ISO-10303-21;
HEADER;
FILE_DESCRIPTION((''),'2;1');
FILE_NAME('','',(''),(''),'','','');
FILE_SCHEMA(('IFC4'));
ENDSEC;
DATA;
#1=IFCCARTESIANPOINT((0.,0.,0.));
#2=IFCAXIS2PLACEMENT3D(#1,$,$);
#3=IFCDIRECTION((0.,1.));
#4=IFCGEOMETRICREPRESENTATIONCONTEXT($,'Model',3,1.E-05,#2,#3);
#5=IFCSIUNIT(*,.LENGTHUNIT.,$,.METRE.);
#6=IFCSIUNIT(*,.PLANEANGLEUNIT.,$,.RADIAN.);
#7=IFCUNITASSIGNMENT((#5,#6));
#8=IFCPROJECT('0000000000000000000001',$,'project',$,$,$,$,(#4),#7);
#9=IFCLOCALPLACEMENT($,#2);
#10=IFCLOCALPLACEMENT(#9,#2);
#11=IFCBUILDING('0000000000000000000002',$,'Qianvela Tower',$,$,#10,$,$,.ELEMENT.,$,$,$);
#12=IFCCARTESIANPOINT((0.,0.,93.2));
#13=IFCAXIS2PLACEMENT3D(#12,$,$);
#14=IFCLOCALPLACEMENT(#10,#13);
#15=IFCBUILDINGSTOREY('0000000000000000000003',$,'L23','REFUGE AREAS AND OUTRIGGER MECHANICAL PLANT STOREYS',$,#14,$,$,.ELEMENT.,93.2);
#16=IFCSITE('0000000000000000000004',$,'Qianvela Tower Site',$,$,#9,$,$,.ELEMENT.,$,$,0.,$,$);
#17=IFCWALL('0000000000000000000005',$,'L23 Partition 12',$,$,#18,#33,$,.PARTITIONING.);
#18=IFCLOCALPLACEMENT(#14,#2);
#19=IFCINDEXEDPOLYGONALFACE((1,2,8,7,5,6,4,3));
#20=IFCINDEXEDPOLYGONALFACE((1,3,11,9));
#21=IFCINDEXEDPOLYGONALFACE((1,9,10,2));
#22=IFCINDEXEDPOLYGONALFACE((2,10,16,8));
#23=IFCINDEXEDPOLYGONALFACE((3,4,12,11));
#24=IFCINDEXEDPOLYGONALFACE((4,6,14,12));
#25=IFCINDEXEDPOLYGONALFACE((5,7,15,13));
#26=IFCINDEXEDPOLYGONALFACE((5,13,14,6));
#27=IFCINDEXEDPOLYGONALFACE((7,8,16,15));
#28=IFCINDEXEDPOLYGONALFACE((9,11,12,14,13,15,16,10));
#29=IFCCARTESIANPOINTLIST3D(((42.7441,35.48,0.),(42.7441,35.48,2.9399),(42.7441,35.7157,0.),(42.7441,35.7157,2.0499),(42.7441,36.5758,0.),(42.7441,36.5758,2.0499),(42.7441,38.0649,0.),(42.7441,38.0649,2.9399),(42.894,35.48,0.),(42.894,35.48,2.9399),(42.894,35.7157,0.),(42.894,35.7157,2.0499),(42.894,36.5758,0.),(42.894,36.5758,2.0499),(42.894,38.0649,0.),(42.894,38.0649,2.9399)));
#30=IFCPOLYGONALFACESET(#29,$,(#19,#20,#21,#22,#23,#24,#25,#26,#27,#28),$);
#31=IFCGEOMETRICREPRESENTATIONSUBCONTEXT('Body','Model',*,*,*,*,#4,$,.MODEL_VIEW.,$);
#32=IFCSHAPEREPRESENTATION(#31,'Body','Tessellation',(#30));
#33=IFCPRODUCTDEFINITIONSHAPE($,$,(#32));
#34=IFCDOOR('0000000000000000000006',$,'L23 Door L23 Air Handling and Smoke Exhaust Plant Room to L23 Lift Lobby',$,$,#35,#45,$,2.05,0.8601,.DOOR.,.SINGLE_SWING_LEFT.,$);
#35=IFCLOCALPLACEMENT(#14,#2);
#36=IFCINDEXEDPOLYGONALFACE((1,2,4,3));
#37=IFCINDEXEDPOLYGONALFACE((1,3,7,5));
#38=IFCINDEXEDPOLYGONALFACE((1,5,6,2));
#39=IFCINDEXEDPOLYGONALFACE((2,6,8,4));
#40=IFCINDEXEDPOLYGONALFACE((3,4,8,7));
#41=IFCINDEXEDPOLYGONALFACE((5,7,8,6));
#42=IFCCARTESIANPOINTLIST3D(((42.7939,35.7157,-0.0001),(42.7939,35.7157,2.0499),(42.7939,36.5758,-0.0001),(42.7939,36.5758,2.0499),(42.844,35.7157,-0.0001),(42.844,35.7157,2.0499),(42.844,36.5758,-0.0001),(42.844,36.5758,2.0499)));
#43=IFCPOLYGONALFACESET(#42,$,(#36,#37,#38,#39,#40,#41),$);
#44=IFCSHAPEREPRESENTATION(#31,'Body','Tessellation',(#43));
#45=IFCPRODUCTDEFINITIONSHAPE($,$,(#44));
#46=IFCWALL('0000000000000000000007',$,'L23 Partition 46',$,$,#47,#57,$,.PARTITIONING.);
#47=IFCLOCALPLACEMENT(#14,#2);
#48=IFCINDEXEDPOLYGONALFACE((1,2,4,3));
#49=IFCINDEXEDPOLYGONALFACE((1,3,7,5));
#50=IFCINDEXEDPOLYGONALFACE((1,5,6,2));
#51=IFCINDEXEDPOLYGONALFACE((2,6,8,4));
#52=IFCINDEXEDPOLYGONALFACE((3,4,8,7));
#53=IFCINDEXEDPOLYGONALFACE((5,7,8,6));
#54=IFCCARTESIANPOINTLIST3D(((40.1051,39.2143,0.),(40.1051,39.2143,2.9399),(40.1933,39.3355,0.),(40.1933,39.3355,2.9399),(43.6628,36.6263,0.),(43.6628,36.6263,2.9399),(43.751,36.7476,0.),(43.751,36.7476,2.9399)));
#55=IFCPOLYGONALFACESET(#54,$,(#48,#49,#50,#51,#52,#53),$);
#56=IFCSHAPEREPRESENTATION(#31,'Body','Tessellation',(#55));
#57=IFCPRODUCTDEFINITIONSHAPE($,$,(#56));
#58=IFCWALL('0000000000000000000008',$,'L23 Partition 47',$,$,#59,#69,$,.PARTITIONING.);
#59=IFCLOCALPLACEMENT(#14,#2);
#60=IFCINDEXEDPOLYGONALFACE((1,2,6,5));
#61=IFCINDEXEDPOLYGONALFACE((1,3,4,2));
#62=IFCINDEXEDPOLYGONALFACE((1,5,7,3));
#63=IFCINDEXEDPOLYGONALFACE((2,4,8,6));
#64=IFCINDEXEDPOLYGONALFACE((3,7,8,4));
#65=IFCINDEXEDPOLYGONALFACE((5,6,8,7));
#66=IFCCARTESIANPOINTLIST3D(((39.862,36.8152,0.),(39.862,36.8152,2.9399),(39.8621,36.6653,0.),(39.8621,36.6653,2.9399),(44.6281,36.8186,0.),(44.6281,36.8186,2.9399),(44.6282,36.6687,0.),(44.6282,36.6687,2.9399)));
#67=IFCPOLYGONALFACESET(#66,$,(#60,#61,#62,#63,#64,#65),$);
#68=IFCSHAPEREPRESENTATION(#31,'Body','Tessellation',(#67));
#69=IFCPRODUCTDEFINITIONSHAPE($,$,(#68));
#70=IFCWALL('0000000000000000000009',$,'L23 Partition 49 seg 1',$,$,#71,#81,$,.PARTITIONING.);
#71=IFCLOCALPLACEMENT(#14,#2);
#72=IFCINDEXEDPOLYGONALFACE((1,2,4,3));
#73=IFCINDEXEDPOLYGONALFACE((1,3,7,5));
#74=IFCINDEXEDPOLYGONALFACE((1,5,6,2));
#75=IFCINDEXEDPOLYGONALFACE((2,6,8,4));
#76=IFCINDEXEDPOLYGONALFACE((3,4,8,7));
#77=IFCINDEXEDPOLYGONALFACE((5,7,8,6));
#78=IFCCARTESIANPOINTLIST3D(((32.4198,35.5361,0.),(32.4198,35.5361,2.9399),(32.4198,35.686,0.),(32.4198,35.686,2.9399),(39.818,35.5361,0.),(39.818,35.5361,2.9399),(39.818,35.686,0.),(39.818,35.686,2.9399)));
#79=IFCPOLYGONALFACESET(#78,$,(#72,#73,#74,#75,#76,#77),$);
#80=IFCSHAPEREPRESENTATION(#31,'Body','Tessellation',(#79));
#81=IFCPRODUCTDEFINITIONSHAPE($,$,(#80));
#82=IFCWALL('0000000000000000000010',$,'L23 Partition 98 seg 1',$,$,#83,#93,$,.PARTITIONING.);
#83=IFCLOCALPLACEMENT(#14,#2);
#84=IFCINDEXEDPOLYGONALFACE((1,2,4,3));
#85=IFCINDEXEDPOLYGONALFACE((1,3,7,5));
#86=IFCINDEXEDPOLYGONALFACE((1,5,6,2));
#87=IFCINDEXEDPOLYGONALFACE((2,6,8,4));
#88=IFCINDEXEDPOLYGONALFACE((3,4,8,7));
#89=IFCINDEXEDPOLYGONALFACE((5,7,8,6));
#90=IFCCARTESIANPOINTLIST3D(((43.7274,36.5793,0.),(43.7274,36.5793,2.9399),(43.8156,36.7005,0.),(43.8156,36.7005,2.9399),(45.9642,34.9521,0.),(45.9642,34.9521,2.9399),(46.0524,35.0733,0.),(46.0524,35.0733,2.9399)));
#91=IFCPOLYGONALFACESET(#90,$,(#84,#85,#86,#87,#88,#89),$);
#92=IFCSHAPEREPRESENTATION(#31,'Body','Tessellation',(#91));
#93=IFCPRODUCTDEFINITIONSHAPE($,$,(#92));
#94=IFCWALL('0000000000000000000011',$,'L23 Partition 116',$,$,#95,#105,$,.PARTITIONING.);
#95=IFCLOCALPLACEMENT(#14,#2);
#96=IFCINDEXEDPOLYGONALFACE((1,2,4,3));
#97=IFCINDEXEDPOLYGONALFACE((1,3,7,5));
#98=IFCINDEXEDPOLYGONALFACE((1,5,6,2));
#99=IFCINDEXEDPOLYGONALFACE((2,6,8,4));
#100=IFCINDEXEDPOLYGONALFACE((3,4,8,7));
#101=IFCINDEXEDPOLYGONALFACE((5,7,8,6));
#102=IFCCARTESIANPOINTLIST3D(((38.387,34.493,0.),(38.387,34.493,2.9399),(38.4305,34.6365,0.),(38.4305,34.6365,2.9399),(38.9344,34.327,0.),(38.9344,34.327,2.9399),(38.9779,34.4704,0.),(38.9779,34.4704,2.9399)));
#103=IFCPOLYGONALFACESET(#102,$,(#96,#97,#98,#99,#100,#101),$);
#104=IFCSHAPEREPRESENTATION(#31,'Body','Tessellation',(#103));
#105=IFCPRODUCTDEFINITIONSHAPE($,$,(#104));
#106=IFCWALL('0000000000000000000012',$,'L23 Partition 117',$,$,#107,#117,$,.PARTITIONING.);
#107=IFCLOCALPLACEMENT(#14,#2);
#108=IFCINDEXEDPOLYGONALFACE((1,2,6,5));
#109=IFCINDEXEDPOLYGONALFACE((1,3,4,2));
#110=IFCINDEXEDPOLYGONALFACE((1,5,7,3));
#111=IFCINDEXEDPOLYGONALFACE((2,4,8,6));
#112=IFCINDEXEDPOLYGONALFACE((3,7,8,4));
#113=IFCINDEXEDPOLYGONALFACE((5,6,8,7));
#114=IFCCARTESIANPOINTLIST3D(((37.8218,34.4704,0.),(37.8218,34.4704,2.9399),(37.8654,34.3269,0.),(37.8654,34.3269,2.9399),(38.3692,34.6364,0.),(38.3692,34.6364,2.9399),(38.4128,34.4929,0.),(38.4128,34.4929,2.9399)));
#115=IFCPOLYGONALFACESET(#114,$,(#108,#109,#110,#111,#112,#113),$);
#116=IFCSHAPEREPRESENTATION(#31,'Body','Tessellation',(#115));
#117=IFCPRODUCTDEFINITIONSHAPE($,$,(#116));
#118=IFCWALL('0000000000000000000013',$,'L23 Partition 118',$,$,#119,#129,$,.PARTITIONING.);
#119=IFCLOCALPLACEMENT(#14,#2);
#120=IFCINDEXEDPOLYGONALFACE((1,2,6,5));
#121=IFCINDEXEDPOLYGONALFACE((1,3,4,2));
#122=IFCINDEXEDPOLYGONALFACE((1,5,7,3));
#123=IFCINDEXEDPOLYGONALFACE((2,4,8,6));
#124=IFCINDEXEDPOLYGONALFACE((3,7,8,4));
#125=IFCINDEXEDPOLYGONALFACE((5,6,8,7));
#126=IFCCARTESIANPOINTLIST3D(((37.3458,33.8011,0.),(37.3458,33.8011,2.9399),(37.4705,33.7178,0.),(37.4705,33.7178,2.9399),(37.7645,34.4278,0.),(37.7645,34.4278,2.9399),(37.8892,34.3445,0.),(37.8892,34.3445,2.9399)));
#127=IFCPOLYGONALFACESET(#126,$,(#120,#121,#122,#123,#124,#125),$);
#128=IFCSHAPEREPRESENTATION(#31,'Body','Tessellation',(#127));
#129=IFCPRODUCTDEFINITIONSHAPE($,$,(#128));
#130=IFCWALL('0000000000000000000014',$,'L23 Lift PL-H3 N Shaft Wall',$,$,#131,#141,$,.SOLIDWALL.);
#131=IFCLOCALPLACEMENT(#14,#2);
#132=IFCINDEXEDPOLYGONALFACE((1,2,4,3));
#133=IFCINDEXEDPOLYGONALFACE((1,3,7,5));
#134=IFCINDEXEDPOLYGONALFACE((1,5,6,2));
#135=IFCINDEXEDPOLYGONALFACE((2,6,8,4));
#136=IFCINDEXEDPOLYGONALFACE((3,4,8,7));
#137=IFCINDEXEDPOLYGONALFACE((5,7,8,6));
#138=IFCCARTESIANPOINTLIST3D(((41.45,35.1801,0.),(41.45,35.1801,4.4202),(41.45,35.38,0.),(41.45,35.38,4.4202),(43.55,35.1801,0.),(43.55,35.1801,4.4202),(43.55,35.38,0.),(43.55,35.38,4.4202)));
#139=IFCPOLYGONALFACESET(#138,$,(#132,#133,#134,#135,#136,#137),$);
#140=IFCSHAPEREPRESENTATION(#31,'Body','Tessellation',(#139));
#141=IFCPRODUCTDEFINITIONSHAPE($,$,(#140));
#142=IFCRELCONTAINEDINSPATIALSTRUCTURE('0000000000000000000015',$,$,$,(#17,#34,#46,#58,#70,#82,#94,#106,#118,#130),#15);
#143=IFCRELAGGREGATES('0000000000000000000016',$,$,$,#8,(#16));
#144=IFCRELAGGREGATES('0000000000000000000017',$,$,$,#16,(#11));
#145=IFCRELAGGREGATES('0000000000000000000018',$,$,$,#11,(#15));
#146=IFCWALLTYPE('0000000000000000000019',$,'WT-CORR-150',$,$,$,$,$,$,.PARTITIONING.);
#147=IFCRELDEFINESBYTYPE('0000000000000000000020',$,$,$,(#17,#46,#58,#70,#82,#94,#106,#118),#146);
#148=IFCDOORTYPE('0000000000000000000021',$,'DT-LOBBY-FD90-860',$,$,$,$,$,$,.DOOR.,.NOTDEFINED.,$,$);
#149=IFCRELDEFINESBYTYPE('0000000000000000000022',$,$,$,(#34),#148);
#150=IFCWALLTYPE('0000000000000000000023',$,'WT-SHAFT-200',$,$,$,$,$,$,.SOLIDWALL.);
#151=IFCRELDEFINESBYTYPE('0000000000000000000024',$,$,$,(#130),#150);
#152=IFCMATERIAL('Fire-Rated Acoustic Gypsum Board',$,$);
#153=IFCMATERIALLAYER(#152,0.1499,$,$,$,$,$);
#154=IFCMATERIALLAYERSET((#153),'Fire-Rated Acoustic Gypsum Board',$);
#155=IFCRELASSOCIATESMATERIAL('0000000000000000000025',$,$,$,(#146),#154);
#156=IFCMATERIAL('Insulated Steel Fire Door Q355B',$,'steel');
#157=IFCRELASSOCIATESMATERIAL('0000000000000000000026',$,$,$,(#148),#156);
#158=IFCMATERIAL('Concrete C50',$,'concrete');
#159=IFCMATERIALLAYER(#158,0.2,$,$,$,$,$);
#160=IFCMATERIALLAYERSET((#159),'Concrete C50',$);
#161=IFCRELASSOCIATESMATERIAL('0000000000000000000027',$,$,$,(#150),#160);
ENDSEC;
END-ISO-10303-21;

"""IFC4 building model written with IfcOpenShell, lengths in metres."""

from ifc_helpers import new_model, si_unit, direction, frame, frame_2d, origin, place, context, subcontext, project, spatial, rectangle, extrude, material, layer, layer_set, type_object, element, fill, save


model = new_model("IFC4")

# Units and contexts
model_context = context("Model", 3, precision=1e-05, world=origin(), true_north=direction((0.0, 1.0)))
body_context = subcontext(model_context, "Body", "Model", "MODEL_VIEW")
ifc_project = project(units=[si_unit("LENGTHUNIT", "METRE"), si_unit("PLANEANGLEUNIT", "RADIAN")], contexts=[model_context])

# Site, building, storey
site_placement = place(None, origin())
site = spatial("IfcSite", under=ifc_project, at=site_placement, Name="Qianvela Tower Site", CompositionType="ELEMENT", RefElevation=0.0)
building_placement = place(site_placement, origin())
building = spatial("IfcBuilding", under=site, at=building_placement, Name="Qianvela Tower", CompositionType="ELEMENT")
storey_placement = place(building_placement, frame((0.0, 0.0, 93.2)))
storey = spatial("IfcBuildingStorey", under=building, at=storey_placement, Name="L23", Description="REFUGE AREAS AND OUTRIGGER MECHANICAL PLANT STOREYS", CompositionType="ELEMENT", Elevation=93.2)

# Shared definitions
ifc_material_1 = material(Name="Fire-Rated Acoustic Gypsum Board")
ifc_layer_1 = layer(ifc_material_1, 0.1499)
ifc_layer_set_1 = layer_set([ifc_layer_1], Name="Fire-Rated Acoustic Gypsum Board")
wall_type_1 = type_object("IfcWallType", Name="WT-CORR-150", PredefinedType="PARTITIONING", material=ifc_layer_set_1)

# Wall, opening, door
wall_1_placement = place(storey_placement, frame((42.8191, 38.0649, 0.0), z_axis=(0.0, 0.0, 1.0), x_axis=(0.0, -1.0, 0.0)))
wall_1 = element("IfcWall", 1, at=wall_1_placement, inside=storey, type_object=wall_type_1, Name="L23 Partition 12", PredefinedType="PARTITIONING", context=body_context, shape_type="SweptSolid", body=[
    extrude(rectangle(XDim=2.585, YDim=0.1499, at=frame_2d((1.2925, 0.0))), origin(), (0.0, 0.0, 1.0), 2.9399),
])
opening_placement = place(wall_1_placement, frame((1.489, 0.0, 0.0)))
opening = element("IfcOpeningElement", 2, at=opening_placement, cuts=wall_1, PredefinedType="OPENING", context=body_context, shape_type="SweptSolid", body=[
    extrude(rectangle(XDim=0.8601, YDim=2.05, at=frame_2d((0.4302, 1.0249))), frame((0.0, 0.085, 0.0), z_axis=(0.0, -1.0, 0.0), x_axis=(1.0, 0.0, 0.0)), (0.0, 0.0, 1.0), 0.1699),
])
ifc_material_2 = material(Name="Insulated Steel Fire Door Q355B", Category="steel")
door_type = type_object("IfcDoorType", Name="DT-LOBBY-FD90-860", OperationType="NOTDEFINED", PredefinedType="DOOR", material=ifc_material_2)
door_placement = place(opening_placement, origin())
door = element("IfcDoor", 3, at=door_placement, inside=storey, type_object=door_type, Name="L23 Door L23 Air Handling and Smoke Exhaust Plant Room to L23 Lift Lobby", OperationType="SINGLE_SWING_LEFT", OverallHeight=2.05, OverallWidth=0.8601, PredefinedType="DOOR", context=body_context, shape_type="SweptSolid", body=[
    extrude(rectangle(XDim=0.8601, YDim=2.05, at=frame_2d((0.4302, 1.0249))), frame((0.0, 0.0249, 0.0), z_axis=(0.0, -1.0, 0.0), x_axis=(1.0, 0.0, 0.0)), (0.0, 0.0, 1.0), 0.05),
])
fill(opening, door)

# Walls
wall_2_placement = place(storey_placement, frame((40.1492, 39.2749, 0.0), z_axis=(0.0, 0.0, 1.0), x_axis=(0.808678, -0.588251, 0.0)))
element("IfcWall", 4, at=wall_2_placement, inside=storey, type_object=wall_type_1, Name="L23 Partition 46", PredefinedType="PARTITIONING", context=body_context, shape_type="SweptSolid", body=[
    extrude(rectangle(XDim=4.3994, YDim=0.1499, at=frame_2d((2.1997, 0.0))), origin(), (0.0, 0.0, 1.0), 2.9399),
])
wall_3_placement = place(storey_placement, frame((44.6282, 36.7437, 0.0), z_axis=(0.0, 0.0, 1.0), x_axis=(-1.0, -0.000717, 0.0)))
element("IfcWall", 5, at=wall_3_placement, inside=storey, type_object=wall_type_1, Name="L23 Partition 47", PredefinedType="PARTITIONING", context=body_context, shape_type="SweptSolid", body=[
    extrude(rectangle(XDim=4.7661, YDim=0.1499, at=frame_2d((2.3831, 0.0))), origin(), (0.0, 0.0, 1.0), 2.9399),
])
wall_4_placement = place(storey_placement, frame((39.8181, 35.6111, 0.0), z_axis=(0.0, 0.0, 1.0), x_axis=(-1.0, 0.0, 0.0)))
element("IfcWall", 6, at=wall_4_placement, inside=storey, type_object=wall_type_1, Name="L23 Partition 49 seg 1", PredefinedType="PARTITIONING", context=body_context, shape_type="SweptSolid", body=[
    extrude(rectangle(XDim=7.3982, YDim=0.1499, at=frame_2d((3.6992, 0.0))), origin(), (0.0, 0.0, 1.0), 2.9399),
])
wall_5_placement = place(storey_placement, frame((43.7715, 36.6399, 0.0), z_axis=(0.0, 0.0, 1.0), x_axis=(0.808664, -0.588271, 0.0)))
element("IfcWall", 7, at=wall_5_placement, inside=storey, type_object=wall_type_1, Name="L23 Partition 98 seg 1", PredefinedType="PARTITIONING", context=body_context, shape_type="SweptSolid", body=[
    extrude(rectangle(XDim=2.7661, YDim=0.1499, at=frame_2d((1.3831, 0.0))), origin(), (0.0, 0.0, 1.0), 2.9399),
])
for number, where, z_axis, x_axis, name in (
    (8, (38.9563, 34.3987, 0.0), (0.0, 0.0, 1.0), (-0.956953, 0.290244, 0.0), "L23 Partition 116"),
    (9, (38.3911, 34.5647, 0.0), (0.0, 0.0, 1.0), (-0.956953, -0.290244, 0.0), "L23 Partition 117"),
):
    element("IfcWall", number, at=place(storey_placement, frame(where, z_axis=z_axis, x_axis=x_axis)), inside=storey, type_object=wall_type_1, Name=name, PredefinedType="PARTITIONING", context=body_context, shape_type="SweptSolid", body=[
        extrude(rectangle(XDim=0.572, YDim=0.1499, at=frame_2d((0.2861, 0.0))), origin(), (0.0, 0.0, 1.0), 2.9399),
    ])
wall_6_placement = place(storey_placement, frame((37.8269, 34.3862, 0.0), z_axis=(0.0, 0.0, 1.0), x_axis=(-0.555522, -0.831502, 0.0)))
element("IfcWall", 10, at=wall_6_placement, inside=storey, type_object=wall_type_1, Name="L23 Partition 118", PredefinedType="PARTITIONING", context=body_context, shape_type="SweptSolid", body=[
    extrude(rectangle(XDim=0.7537, YDim=0.1499, at=frame_2d((0.377, 0.0))), origin(), (0.0, 0.0, 1.0), 2.9399),
])
ifc_material_3 = material(Name="Concrete C50", Category="concrete")
ifc_layer_2 = layer(ifc_material_3, 0.2)
ifc_layer_set_2 = layer_set([ifc_layer_2], Name="Concrete C50")
wall_type_2 = type_object("IfcWallType", Name="WT-SHAFT-200", PredefinedType="SOLIDWALL", material=ifc_layer_set_2)
wall_7_placement = place(storey_placement, frame((41.45, 35.28, 0.0), z_axis=(0.0, 0.0, 1.0), x_axis=(1.0, 0.0, 0.0)))
element("IfcWall", 11, at=wall_7_placement, inside=storey, type_object=wall_type_2, Name="L23 Lift PL-H3 N Shaft Wall", PredefinedType="SOLIDWALL", context=body_context, shape_type="SweptSolid", body=[
    extrude(rectangle(XDim=2.1001, YDim=0.2, at=frame_2d((1.05, 0.0))), origin(), (0.0, 0.0, 1.0), 4.4202),
])

save(model, "model.ifc")
